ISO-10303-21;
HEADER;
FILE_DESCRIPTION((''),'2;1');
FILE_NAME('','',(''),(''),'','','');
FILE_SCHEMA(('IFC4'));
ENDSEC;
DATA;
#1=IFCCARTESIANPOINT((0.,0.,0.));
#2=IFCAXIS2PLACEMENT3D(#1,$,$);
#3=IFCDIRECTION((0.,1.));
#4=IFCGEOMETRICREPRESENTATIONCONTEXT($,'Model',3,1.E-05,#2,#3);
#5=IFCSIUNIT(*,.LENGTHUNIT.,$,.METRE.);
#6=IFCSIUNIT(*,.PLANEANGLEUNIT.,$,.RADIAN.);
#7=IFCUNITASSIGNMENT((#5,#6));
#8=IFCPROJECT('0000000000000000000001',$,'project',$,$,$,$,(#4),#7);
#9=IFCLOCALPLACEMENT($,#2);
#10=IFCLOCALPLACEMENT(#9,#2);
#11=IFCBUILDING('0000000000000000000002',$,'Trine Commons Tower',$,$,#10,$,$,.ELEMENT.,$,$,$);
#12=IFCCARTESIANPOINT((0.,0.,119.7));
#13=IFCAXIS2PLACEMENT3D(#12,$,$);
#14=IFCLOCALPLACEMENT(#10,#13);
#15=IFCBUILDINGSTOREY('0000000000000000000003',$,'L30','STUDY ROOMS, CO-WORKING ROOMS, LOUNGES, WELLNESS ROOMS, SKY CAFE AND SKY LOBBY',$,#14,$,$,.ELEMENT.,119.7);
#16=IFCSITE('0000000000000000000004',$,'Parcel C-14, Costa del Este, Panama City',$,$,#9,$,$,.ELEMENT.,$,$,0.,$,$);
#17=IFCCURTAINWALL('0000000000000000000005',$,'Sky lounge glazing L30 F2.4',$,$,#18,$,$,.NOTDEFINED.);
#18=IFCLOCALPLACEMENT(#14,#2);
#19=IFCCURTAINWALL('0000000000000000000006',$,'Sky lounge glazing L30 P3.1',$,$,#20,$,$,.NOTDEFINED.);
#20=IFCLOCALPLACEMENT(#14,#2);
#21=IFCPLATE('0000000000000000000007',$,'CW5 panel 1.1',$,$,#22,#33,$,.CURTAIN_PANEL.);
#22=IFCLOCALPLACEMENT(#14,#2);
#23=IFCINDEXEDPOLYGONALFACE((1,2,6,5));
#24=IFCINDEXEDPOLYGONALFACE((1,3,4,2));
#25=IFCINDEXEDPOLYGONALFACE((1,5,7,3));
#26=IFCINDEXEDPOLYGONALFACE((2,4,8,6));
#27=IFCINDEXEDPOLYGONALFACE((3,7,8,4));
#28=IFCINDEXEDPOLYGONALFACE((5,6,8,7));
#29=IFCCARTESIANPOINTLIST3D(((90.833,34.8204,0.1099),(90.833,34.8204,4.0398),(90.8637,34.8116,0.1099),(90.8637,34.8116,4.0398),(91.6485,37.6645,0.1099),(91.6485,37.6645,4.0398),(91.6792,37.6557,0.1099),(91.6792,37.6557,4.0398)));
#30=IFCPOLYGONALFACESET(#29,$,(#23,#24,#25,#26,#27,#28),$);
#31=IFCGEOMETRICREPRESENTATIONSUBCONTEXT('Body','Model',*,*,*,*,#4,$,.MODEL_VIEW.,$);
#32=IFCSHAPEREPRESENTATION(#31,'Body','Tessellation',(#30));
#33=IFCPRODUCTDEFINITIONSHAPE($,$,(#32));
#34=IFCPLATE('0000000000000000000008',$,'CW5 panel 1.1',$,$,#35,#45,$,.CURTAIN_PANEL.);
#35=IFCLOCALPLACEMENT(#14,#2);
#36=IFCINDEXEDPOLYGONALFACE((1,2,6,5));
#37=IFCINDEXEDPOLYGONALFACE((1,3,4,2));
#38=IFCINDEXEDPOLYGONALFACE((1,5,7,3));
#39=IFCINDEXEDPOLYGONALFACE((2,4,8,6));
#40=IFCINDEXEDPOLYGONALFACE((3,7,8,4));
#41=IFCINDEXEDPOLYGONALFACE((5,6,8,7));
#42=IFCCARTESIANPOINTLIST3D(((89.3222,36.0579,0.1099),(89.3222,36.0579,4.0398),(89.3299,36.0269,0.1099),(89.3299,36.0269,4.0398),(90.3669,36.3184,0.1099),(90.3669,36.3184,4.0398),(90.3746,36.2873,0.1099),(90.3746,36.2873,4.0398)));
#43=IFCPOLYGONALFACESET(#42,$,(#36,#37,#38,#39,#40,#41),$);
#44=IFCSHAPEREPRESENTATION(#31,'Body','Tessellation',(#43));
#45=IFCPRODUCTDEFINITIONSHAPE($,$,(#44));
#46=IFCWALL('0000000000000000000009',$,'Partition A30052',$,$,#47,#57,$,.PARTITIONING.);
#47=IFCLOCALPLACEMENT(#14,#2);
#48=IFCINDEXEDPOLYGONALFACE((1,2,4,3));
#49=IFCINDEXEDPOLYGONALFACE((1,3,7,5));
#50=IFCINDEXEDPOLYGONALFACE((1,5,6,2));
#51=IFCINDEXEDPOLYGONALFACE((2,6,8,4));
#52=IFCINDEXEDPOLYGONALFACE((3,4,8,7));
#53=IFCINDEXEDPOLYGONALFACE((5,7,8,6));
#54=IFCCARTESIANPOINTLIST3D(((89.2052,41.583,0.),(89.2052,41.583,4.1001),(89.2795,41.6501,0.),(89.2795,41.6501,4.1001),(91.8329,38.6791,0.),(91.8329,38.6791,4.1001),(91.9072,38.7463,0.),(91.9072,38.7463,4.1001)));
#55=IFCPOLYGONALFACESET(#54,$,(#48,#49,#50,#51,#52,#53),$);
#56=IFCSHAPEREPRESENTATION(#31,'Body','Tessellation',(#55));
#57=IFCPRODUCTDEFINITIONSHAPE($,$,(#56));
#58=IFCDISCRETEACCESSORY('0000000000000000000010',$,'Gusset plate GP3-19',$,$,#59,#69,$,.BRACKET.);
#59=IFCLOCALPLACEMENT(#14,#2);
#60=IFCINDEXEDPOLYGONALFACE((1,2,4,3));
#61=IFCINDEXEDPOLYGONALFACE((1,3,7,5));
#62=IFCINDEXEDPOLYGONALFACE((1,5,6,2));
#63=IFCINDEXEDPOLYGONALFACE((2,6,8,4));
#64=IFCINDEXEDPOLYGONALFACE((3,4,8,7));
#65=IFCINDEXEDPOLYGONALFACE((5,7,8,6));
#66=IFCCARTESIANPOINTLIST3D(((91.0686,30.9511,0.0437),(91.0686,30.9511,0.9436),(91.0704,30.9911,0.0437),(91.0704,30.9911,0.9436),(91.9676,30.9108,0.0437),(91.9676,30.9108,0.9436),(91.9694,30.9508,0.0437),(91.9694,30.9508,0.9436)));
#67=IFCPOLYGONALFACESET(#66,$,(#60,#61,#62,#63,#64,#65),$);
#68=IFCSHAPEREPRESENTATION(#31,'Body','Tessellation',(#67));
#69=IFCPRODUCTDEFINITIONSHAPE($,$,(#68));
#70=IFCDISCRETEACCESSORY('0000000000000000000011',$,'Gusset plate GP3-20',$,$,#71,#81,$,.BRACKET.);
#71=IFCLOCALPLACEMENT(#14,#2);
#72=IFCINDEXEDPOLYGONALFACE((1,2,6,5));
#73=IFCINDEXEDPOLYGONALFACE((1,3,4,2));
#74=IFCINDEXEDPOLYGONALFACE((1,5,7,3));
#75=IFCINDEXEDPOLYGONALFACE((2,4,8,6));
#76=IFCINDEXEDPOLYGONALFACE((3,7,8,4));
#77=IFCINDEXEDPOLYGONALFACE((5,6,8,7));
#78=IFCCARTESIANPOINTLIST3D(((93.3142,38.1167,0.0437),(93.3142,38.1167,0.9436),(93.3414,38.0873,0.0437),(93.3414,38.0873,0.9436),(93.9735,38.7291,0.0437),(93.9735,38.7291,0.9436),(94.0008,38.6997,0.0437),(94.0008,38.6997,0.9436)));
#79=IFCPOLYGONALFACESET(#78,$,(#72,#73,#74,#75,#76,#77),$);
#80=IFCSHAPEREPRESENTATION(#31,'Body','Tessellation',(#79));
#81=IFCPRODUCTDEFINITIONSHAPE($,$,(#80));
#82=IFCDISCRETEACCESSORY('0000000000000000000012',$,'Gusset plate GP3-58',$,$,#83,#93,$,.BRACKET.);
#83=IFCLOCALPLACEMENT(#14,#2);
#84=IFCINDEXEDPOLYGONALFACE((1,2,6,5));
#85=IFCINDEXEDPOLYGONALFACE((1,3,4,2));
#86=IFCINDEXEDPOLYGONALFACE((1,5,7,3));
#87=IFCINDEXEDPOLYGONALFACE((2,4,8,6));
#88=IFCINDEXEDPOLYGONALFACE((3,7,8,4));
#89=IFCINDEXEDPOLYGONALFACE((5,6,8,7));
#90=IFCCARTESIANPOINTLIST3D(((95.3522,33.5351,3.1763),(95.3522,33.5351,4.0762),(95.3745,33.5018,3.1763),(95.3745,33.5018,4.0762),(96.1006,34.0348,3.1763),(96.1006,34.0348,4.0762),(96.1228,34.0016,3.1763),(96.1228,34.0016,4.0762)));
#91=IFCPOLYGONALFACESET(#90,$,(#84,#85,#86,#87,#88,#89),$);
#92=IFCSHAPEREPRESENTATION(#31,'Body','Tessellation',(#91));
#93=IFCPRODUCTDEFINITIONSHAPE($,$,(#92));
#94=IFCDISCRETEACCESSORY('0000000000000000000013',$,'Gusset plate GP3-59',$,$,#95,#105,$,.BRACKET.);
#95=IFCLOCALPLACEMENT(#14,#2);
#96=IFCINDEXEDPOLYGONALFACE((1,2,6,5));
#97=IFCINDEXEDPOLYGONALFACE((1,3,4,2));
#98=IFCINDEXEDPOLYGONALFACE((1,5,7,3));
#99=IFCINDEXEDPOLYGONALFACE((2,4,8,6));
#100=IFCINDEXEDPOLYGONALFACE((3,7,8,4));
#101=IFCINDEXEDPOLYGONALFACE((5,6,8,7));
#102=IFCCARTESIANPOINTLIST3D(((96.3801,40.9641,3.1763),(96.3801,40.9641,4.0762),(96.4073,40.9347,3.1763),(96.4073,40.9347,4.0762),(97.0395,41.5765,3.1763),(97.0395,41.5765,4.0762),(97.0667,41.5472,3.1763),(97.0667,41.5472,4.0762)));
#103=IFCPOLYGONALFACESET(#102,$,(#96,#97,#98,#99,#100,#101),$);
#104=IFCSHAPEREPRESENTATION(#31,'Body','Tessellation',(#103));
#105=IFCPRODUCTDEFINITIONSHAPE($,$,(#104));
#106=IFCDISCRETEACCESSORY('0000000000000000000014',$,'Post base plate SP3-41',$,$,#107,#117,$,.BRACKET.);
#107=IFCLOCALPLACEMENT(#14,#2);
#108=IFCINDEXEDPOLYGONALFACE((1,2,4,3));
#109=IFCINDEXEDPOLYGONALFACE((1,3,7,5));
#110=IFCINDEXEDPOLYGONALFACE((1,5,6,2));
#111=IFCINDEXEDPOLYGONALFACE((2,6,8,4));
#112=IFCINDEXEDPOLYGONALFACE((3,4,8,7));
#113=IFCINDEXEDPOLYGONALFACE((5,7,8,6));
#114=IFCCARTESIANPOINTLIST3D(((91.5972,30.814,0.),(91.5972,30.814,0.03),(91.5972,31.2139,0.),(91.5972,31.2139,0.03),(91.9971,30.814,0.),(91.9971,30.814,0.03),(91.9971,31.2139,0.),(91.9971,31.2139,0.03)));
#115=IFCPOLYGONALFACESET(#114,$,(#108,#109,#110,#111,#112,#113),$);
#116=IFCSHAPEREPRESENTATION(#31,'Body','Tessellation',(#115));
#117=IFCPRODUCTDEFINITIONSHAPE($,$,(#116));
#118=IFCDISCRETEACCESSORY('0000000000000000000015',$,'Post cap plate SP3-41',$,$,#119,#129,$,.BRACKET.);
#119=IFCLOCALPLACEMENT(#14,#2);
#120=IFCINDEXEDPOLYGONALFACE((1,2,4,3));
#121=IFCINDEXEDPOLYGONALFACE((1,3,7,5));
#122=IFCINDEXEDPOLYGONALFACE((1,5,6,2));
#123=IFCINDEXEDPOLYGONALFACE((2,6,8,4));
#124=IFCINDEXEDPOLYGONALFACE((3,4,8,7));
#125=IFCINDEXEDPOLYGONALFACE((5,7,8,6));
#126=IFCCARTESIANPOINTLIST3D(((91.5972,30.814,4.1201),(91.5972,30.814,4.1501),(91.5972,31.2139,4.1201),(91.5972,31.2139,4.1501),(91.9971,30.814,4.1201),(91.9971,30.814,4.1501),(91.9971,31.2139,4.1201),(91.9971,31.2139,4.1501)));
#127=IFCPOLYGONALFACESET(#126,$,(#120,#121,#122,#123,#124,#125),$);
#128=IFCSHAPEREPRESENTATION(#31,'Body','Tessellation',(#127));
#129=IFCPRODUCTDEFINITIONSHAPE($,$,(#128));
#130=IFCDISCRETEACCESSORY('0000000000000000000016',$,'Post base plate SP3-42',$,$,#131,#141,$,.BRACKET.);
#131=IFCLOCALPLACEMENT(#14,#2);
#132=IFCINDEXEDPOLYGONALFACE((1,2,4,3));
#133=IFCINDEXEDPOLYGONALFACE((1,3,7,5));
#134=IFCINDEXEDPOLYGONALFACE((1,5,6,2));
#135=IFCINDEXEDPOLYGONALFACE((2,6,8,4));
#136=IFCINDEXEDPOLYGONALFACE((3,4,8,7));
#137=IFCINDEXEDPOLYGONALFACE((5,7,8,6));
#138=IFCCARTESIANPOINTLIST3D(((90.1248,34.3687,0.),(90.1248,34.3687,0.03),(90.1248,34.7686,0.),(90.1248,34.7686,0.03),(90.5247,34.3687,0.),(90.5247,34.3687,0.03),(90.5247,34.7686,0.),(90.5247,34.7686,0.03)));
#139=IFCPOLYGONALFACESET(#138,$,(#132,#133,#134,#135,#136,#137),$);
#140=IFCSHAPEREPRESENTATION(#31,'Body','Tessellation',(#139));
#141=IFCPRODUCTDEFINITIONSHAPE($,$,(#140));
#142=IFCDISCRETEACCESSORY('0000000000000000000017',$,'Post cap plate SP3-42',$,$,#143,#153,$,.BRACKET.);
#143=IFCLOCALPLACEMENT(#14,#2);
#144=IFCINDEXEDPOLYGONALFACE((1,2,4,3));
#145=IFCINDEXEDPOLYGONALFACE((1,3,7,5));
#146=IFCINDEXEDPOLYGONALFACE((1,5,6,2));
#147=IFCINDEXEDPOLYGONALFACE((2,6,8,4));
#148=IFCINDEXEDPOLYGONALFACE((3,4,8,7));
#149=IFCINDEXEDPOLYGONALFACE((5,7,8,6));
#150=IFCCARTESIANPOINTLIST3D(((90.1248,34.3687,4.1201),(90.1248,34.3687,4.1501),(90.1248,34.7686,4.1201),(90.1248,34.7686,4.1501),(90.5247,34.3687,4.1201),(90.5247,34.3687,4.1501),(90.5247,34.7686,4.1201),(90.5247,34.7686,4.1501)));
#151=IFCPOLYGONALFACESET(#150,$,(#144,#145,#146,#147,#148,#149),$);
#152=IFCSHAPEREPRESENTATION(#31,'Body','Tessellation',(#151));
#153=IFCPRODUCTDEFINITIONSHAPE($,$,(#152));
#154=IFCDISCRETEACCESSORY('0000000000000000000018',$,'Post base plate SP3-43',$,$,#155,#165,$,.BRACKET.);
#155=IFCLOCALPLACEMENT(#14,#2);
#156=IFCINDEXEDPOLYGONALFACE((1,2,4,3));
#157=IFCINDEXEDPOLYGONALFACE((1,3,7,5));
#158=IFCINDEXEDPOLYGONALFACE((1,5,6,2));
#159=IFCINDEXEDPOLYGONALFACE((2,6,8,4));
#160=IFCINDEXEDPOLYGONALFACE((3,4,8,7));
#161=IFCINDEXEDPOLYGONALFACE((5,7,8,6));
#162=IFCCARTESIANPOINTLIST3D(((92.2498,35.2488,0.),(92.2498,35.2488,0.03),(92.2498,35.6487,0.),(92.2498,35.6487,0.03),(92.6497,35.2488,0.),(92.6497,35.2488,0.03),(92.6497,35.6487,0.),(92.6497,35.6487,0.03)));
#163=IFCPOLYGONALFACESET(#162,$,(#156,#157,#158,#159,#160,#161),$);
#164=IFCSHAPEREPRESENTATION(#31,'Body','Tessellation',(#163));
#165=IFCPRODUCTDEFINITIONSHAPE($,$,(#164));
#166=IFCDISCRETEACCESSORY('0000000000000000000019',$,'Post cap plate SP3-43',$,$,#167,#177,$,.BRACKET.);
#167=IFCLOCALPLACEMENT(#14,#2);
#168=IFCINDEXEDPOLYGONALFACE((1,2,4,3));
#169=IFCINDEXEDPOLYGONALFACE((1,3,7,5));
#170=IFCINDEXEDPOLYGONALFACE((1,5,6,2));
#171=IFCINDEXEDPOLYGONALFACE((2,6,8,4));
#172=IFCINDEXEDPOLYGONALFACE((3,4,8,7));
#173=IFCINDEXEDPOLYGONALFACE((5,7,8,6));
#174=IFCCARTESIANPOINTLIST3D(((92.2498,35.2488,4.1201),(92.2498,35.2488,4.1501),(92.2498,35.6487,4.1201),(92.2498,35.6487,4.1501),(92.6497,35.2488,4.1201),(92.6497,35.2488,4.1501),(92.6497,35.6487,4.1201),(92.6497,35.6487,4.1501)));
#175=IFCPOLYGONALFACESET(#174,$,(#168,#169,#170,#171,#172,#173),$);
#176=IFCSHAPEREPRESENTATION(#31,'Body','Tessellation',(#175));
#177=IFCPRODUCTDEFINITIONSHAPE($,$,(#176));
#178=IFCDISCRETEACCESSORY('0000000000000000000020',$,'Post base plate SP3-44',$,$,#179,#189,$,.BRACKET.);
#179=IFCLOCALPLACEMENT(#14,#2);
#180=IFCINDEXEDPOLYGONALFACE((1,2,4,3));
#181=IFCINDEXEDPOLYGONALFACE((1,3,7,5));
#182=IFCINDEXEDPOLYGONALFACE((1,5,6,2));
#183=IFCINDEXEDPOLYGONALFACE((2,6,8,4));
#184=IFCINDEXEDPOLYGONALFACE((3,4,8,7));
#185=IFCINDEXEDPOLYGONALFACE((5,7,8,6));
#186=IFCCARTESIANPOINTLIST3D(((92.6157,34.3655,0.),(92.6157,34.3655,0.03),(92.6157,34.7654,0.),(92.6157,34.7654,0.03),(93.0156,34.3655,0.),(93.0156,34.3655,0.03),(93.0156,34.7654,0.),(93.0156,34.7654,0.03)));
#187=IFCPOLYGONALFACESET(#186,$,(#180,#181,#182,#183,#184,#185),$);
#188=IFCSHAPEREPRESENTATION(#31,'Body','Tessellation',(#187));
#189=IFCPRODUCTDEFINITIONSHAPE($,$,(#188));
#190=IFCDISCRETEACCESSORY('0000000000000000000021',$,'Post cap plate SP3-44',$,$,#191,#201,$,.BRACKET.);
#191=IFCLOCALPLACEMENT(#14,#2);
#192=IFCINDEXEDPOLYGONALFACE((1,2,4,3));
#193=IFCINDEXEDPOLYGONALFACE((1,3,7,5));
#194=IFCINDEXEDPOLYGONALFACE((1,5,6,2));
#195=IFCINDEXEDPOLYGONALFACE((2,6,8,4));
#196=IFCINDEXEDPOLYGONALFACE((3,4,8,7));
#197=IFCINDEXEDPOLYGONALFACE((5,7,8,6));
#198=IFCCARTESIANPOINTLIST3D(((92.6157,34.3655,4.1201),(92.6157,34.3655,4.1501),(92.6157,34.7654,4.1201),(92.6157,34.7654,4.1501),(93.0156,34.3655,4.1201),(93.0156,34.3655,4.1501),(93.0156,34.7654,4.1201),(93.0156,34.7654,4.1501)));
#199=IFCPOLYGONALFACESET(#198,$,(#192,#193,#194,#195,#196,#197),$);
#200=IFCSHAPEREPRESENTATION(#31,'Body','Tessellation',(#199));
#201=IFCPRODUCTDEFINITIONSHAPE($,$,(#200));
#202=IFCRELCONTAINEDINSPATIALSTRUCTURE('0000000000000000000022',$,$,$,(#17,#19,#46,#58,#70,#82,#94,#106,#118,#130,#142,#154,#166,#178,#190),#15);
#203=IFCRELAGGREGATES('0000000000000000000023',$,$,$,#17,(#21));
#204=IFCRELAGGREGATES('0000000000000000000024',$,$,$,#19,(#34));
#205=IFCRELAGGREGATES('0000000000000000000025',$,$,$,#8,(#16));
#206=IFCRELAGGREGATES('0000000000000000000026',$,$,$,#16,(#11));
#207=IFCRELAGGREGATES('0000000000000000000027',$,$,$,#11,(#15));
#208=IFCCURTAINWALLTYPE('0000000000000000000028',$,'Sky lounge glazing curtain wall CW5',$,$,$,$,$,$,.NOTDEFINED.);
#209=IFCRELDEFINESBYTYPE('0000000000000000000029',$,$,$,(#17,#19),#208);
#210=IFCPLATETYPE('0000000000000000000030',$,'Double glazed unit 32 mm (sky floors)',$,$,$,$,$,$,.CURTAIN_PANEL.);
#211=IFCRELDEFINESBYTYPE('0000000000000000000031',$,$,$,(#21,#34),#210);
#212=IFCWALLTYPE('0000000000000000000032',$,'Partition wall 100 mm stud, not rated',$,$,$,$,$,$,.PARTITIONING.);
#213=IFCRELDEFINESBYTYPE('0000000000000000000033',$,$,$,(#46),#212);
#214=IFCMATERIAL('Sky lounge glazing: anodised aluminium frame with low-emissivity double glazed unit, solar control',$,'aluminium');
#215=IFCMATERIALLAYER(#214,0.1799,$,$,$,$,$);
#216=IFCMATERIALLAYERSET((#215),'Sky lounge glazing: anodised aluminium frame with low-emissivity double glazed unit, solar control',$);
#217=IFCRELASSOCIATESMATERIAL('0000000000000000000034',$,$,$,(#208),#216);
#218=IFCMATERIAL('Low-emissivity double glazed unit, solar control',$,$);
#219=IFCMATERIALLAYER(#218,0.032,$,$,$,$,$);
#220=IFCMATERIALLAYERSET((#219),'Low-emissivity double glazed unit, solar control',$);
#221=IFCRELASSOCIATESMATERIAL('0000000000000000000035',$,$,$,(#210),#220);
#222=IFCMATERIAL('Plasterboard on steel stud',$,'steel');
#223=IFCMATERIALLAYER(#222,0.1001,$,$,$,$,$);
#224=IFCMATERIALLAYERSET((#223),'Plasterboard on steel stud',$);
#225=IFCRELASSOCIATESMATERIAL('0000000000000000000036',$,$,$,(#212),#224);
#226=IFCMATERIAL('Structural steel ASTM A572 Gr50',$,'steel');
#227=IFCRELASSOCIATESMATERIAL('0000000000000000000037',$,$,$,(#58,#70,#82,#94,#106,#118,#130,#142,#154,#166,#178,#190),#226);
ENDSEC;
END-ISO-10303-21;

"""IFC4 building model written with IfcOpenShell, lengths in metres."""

from ifc_helpers import new_model, si_unit, direction, frame, frame_2d, origin, origin_2d, place, context, subcontext, project, spatial, rectangle, extrude, material, layer, layer_set, type_object, element, aggregate, save


model = new_model("IFC4")

# Units and contexts
model_context = context("Model", 3, precision=1e-05, world=origin(), true_north=direction((0.0, 1.0)))
body_context = subcontext(model_context, "Body", "Model", "MODEL_VIEW")
ifc_project = project(units=[si_unit("LENGTHUNIT", "METRE"), si_unit("PLANEANGLEUNIT", "RADIAN")], contexts=[model_context])

# Site, building, storey
site_placement = place(None, origin())
site = spatial("IfcSite", under=ifc_project, at=site_placement, Name="Parcel C-14, Costa del Este, Panama City", CompositionType="ELEMENT", RefElevation=0.0)
building_placement = place(site_placement, origin())
building = spatial("IfcBuilding", under=site, at=building_placement, Name="Trine Commons Tower", CompositionType="ELEMENT")
storey_placement = place(building_placement, frame((0.0, 0.0, 119.7)))
storey = spatial("IfcBuildingStorey", under=building, at=storey_placement, Name="L30", Description="STUDY ROOMS, CO-WORKING ROOMS, LOUNGES, WELLNESS ROOMS, SKY CAFE AND SKY LOBBY", CompositionType="ELEMENT", Elevation=119.7)

# Curtain walls
ifc_material_1 = material(Name="Sky lounge glazing: anodised aluminium frame with low-emissivity double glazed unit, solar control", Category="aluminium")
ifc_layer_1 = layer(ifc_material_1, 0.1799)
ifc_layer_set_1 = layer_set([ifc_layer_1], Name="Sky lounge glazing: anodised aluminium frame with low-emissivity double glazed unit, solar control")
curtain_wall_type = type_object("IfcCurtainWallType", Name="Sky lounge glazing curtain wall CW5", PredefinedType="NOTDEFINED", material=ifc_layer_set_1)
curtain_wall_1_placement = place(storey_placement, origin())
curtain_wall_1 = element("IfcCurtainWall", 1, at=curtain_wall_1_placement, inside=storey, type_object=curtain_wall_type, Name="Sky lounge glazing L30 F2.4", PredefinedType="NOTDEFINED")
curtain_wall_2_placement = place(storey_placement, origin())
curtain_wall_2 = element("IfcCurtainWall", 2, at=curtain_wall_2_placement, inside=storey, type_object=curtain_wall_type, Name="Sky lounge glazing L30 P3.1", PredefinedType="NOTDEFINED")

# Plates
ifc_material_2 = material(Name="Low-emissivity double glazed unit, solar control")
ifc_layer_2 = layer(ifc_material_2, 0.032)
ifc_layer_set_2 = layer_set([ifc_layer_2], Name="Low-emissivity double glazed unit, solar control")
plate_type = type_object("IfcPlateType", Name="Double glazed unit 32 mm (sky floors)", PredefinedType="CURTAIN_PANEL", material=ifc_layer_set_2)
plate_1_placement = place(storey_placement, frame((91.2561, 36.238, 0.1099), z_axis=(0.0, 0.0, 1.0), x_axis=(-0.275637, -0.961262, 0.0)))
plate_1 = element("IfcPlate", 3, at=plate_1_placement, type_object=plate_type, Name="CW5 panel 1.1", PredefinedType="CURTAIN_PANEL", context=body_context, shape_type="SweptSolid", body=[
    extrude(rectangle(XDim=2.9587, YDim=0.032, at=origin_2d()), origin(), (0.0, 0.0, 1.0), 3.9299),
])
aggregate(curtain_wall_1, [plate_1])
plate_2_placement = place(storey_placement, frame((89.8484, 36.1726, 0.1099), z_axis=(0.0, 0.0, 1.0), x_axis=(-0.970296, -0.241922, 0.0)))
plate_2 = element("IfcPlate", 4, at=plate_2_placement, type_object=plate_type, Name="CW5 panel 1.1", PredefinedType="CURTAIN_PANEL", context=body_context, shape_type="SweptSolid", body=[
    extrude(rectangle(XDim=1.0767, YDim=0.032, at=origin_2d()), origin(), (0.0, 0.0, 1.0), 3.9299),
])
aggregate(curtain_wall_2, [plate_2])

# Wall
ifc_material_3 = material(Name="Plasterboard on steel stud", Category="steel")
ifc_layer_3 = layer(ifc_material_3, 0.1001)
ifc_layer_set_3 = layer_set([ifc_layer_3], Name="Plasterboard on steel stud")
wall_type_1 = type_object("IfcWallType", Name="Partition wall 100 mm stud, not rated", PredefinedType="PARTITIONING", material=ifc_layer_set_3)
wall_1_placement = place(storey_placement, frame((89.2424, 41.6165, 0.0), z_axis=(0.0, 0.0, 1.0), x_axis=(0.670974, -0.741481, 0.0)))
element("IfcWall", 5, at=wall_1_placement, inside=storey, type_object=wall_type_1, Name="Partition A30052", PredefinedType="PARTITIONING", context=body_context, shape_type="SweptSolid", body=[
    extrude(rectangle(XDim=3.9163, YDim=0.1001, at=frame_2d((1.958, 0.0))), origin(), (0.0, 0.0, 1.0), 4.1001),
])

# Discrete accessories
ifc_material_4 = material(Name="Structural steel ASTM A572 Gr50", Category="steel")
for number, where, z_axis, x_axis, name in (
    (6, (91.519, 30.9509, 0.0437), (0.0, 0.0, 1.0), (-0.998998, 0.044753, 0.0), "Gusset plate GP3-19"),
    (7, (93.6575, 38.4082, 0.0437), (0.0, 0.0, 1.0), (0.732721, 0.680529, 0.0), "Gusset plate GP3-20"),
    (8, (95.7375, 33.7683, 3.1763), (0.0, 0.0, 1.0), (0.831605, 0.555367, 0.0), "Gusset plate GP3-58"),
    (9, (96.7234, 41.2556, 3.1763), (0.0, 0.0, 1.0), (0.732721, 0.680529, 0.0), "Gusset plate GP3-59"),
):
    element("IfcDiscreteAccessory", number, at=place(storey_placement, frame(where, z_axis=z_axis, x_axis=x_axis)), inside=storey, material=ifc_material_4, Name=name, PredefinedType="BRACKET", context=body_context, shape_type="SweptSolid", body=[
        extrude(rectangle(XDim=0.8999, YDim=0.04, at=origin_2d()), origin(), (0.0, 0.0, 1.0), 0.8999),
    ])
for number, where, z_axis, x_axis, name in (
    (10, (91.7971, 31.0139, 0.0), (0.0, 0.0, 1.0), (1.0, 0.0, 0.0), "Post base plate SP3-41"),
    (11, (91.7971, 31.0139, 4.1201), (0.0, 0.0, 1.0), (1.0, 0.0, 0.0), "Post cap plate SP3-41"),
    (12, (90.3247, 34.5686, 0.0), (0.0, 0.0, 1.0), (1.0, 0.0, 0.0), "Post base plate SP3-42"),
    (13, (90.3247, 34.5686, 4.1201), (0.0, 0.0, 1.0), (1.0, 0.0, 0.0), "Post cap plate SP3-42"),
    (14, (92.4497, 35.4487, 0.0), (0.0, 0.0, 1.0), (1.0, 0.0, 0.0), "Post base plate SP3-43"),
    (15, (92.4497, 35.4487, 4.1201), (0.0, 0.0, 1.0), (1.0, 0.0, 0.0), "Post cap plate SP3-43"),
    (16, (92.8157, 34.5654, 0.0), (0.0, 0.0, 1.0), (1.0, 0.0, 0.0), "Post base plate SP3-44"),
    (17, (92.8157, 34.5654, 4.1201), (0.0, 0.0, 1.0), (1.0, 0.0, 0.0), "Post cap plate SP3-44"),
):
    element("IfcDiscreteAccessory", number, at=place(storey_placement, frame(where, z_axis=z_axis, x_axis=x_axis)), inside=storey, material=ifc_material_4, Name=name, PredefinedType="BRACKET", context=body_context, shape_type="SweptSolid", body=[
        extrude(rectangle(XDim=0.3999, YDim=0.3999, at=origin_2d()), origin(), (0.0, 0.0, 1.0), 0.03),
    ])

save(model, "model.ifc")
